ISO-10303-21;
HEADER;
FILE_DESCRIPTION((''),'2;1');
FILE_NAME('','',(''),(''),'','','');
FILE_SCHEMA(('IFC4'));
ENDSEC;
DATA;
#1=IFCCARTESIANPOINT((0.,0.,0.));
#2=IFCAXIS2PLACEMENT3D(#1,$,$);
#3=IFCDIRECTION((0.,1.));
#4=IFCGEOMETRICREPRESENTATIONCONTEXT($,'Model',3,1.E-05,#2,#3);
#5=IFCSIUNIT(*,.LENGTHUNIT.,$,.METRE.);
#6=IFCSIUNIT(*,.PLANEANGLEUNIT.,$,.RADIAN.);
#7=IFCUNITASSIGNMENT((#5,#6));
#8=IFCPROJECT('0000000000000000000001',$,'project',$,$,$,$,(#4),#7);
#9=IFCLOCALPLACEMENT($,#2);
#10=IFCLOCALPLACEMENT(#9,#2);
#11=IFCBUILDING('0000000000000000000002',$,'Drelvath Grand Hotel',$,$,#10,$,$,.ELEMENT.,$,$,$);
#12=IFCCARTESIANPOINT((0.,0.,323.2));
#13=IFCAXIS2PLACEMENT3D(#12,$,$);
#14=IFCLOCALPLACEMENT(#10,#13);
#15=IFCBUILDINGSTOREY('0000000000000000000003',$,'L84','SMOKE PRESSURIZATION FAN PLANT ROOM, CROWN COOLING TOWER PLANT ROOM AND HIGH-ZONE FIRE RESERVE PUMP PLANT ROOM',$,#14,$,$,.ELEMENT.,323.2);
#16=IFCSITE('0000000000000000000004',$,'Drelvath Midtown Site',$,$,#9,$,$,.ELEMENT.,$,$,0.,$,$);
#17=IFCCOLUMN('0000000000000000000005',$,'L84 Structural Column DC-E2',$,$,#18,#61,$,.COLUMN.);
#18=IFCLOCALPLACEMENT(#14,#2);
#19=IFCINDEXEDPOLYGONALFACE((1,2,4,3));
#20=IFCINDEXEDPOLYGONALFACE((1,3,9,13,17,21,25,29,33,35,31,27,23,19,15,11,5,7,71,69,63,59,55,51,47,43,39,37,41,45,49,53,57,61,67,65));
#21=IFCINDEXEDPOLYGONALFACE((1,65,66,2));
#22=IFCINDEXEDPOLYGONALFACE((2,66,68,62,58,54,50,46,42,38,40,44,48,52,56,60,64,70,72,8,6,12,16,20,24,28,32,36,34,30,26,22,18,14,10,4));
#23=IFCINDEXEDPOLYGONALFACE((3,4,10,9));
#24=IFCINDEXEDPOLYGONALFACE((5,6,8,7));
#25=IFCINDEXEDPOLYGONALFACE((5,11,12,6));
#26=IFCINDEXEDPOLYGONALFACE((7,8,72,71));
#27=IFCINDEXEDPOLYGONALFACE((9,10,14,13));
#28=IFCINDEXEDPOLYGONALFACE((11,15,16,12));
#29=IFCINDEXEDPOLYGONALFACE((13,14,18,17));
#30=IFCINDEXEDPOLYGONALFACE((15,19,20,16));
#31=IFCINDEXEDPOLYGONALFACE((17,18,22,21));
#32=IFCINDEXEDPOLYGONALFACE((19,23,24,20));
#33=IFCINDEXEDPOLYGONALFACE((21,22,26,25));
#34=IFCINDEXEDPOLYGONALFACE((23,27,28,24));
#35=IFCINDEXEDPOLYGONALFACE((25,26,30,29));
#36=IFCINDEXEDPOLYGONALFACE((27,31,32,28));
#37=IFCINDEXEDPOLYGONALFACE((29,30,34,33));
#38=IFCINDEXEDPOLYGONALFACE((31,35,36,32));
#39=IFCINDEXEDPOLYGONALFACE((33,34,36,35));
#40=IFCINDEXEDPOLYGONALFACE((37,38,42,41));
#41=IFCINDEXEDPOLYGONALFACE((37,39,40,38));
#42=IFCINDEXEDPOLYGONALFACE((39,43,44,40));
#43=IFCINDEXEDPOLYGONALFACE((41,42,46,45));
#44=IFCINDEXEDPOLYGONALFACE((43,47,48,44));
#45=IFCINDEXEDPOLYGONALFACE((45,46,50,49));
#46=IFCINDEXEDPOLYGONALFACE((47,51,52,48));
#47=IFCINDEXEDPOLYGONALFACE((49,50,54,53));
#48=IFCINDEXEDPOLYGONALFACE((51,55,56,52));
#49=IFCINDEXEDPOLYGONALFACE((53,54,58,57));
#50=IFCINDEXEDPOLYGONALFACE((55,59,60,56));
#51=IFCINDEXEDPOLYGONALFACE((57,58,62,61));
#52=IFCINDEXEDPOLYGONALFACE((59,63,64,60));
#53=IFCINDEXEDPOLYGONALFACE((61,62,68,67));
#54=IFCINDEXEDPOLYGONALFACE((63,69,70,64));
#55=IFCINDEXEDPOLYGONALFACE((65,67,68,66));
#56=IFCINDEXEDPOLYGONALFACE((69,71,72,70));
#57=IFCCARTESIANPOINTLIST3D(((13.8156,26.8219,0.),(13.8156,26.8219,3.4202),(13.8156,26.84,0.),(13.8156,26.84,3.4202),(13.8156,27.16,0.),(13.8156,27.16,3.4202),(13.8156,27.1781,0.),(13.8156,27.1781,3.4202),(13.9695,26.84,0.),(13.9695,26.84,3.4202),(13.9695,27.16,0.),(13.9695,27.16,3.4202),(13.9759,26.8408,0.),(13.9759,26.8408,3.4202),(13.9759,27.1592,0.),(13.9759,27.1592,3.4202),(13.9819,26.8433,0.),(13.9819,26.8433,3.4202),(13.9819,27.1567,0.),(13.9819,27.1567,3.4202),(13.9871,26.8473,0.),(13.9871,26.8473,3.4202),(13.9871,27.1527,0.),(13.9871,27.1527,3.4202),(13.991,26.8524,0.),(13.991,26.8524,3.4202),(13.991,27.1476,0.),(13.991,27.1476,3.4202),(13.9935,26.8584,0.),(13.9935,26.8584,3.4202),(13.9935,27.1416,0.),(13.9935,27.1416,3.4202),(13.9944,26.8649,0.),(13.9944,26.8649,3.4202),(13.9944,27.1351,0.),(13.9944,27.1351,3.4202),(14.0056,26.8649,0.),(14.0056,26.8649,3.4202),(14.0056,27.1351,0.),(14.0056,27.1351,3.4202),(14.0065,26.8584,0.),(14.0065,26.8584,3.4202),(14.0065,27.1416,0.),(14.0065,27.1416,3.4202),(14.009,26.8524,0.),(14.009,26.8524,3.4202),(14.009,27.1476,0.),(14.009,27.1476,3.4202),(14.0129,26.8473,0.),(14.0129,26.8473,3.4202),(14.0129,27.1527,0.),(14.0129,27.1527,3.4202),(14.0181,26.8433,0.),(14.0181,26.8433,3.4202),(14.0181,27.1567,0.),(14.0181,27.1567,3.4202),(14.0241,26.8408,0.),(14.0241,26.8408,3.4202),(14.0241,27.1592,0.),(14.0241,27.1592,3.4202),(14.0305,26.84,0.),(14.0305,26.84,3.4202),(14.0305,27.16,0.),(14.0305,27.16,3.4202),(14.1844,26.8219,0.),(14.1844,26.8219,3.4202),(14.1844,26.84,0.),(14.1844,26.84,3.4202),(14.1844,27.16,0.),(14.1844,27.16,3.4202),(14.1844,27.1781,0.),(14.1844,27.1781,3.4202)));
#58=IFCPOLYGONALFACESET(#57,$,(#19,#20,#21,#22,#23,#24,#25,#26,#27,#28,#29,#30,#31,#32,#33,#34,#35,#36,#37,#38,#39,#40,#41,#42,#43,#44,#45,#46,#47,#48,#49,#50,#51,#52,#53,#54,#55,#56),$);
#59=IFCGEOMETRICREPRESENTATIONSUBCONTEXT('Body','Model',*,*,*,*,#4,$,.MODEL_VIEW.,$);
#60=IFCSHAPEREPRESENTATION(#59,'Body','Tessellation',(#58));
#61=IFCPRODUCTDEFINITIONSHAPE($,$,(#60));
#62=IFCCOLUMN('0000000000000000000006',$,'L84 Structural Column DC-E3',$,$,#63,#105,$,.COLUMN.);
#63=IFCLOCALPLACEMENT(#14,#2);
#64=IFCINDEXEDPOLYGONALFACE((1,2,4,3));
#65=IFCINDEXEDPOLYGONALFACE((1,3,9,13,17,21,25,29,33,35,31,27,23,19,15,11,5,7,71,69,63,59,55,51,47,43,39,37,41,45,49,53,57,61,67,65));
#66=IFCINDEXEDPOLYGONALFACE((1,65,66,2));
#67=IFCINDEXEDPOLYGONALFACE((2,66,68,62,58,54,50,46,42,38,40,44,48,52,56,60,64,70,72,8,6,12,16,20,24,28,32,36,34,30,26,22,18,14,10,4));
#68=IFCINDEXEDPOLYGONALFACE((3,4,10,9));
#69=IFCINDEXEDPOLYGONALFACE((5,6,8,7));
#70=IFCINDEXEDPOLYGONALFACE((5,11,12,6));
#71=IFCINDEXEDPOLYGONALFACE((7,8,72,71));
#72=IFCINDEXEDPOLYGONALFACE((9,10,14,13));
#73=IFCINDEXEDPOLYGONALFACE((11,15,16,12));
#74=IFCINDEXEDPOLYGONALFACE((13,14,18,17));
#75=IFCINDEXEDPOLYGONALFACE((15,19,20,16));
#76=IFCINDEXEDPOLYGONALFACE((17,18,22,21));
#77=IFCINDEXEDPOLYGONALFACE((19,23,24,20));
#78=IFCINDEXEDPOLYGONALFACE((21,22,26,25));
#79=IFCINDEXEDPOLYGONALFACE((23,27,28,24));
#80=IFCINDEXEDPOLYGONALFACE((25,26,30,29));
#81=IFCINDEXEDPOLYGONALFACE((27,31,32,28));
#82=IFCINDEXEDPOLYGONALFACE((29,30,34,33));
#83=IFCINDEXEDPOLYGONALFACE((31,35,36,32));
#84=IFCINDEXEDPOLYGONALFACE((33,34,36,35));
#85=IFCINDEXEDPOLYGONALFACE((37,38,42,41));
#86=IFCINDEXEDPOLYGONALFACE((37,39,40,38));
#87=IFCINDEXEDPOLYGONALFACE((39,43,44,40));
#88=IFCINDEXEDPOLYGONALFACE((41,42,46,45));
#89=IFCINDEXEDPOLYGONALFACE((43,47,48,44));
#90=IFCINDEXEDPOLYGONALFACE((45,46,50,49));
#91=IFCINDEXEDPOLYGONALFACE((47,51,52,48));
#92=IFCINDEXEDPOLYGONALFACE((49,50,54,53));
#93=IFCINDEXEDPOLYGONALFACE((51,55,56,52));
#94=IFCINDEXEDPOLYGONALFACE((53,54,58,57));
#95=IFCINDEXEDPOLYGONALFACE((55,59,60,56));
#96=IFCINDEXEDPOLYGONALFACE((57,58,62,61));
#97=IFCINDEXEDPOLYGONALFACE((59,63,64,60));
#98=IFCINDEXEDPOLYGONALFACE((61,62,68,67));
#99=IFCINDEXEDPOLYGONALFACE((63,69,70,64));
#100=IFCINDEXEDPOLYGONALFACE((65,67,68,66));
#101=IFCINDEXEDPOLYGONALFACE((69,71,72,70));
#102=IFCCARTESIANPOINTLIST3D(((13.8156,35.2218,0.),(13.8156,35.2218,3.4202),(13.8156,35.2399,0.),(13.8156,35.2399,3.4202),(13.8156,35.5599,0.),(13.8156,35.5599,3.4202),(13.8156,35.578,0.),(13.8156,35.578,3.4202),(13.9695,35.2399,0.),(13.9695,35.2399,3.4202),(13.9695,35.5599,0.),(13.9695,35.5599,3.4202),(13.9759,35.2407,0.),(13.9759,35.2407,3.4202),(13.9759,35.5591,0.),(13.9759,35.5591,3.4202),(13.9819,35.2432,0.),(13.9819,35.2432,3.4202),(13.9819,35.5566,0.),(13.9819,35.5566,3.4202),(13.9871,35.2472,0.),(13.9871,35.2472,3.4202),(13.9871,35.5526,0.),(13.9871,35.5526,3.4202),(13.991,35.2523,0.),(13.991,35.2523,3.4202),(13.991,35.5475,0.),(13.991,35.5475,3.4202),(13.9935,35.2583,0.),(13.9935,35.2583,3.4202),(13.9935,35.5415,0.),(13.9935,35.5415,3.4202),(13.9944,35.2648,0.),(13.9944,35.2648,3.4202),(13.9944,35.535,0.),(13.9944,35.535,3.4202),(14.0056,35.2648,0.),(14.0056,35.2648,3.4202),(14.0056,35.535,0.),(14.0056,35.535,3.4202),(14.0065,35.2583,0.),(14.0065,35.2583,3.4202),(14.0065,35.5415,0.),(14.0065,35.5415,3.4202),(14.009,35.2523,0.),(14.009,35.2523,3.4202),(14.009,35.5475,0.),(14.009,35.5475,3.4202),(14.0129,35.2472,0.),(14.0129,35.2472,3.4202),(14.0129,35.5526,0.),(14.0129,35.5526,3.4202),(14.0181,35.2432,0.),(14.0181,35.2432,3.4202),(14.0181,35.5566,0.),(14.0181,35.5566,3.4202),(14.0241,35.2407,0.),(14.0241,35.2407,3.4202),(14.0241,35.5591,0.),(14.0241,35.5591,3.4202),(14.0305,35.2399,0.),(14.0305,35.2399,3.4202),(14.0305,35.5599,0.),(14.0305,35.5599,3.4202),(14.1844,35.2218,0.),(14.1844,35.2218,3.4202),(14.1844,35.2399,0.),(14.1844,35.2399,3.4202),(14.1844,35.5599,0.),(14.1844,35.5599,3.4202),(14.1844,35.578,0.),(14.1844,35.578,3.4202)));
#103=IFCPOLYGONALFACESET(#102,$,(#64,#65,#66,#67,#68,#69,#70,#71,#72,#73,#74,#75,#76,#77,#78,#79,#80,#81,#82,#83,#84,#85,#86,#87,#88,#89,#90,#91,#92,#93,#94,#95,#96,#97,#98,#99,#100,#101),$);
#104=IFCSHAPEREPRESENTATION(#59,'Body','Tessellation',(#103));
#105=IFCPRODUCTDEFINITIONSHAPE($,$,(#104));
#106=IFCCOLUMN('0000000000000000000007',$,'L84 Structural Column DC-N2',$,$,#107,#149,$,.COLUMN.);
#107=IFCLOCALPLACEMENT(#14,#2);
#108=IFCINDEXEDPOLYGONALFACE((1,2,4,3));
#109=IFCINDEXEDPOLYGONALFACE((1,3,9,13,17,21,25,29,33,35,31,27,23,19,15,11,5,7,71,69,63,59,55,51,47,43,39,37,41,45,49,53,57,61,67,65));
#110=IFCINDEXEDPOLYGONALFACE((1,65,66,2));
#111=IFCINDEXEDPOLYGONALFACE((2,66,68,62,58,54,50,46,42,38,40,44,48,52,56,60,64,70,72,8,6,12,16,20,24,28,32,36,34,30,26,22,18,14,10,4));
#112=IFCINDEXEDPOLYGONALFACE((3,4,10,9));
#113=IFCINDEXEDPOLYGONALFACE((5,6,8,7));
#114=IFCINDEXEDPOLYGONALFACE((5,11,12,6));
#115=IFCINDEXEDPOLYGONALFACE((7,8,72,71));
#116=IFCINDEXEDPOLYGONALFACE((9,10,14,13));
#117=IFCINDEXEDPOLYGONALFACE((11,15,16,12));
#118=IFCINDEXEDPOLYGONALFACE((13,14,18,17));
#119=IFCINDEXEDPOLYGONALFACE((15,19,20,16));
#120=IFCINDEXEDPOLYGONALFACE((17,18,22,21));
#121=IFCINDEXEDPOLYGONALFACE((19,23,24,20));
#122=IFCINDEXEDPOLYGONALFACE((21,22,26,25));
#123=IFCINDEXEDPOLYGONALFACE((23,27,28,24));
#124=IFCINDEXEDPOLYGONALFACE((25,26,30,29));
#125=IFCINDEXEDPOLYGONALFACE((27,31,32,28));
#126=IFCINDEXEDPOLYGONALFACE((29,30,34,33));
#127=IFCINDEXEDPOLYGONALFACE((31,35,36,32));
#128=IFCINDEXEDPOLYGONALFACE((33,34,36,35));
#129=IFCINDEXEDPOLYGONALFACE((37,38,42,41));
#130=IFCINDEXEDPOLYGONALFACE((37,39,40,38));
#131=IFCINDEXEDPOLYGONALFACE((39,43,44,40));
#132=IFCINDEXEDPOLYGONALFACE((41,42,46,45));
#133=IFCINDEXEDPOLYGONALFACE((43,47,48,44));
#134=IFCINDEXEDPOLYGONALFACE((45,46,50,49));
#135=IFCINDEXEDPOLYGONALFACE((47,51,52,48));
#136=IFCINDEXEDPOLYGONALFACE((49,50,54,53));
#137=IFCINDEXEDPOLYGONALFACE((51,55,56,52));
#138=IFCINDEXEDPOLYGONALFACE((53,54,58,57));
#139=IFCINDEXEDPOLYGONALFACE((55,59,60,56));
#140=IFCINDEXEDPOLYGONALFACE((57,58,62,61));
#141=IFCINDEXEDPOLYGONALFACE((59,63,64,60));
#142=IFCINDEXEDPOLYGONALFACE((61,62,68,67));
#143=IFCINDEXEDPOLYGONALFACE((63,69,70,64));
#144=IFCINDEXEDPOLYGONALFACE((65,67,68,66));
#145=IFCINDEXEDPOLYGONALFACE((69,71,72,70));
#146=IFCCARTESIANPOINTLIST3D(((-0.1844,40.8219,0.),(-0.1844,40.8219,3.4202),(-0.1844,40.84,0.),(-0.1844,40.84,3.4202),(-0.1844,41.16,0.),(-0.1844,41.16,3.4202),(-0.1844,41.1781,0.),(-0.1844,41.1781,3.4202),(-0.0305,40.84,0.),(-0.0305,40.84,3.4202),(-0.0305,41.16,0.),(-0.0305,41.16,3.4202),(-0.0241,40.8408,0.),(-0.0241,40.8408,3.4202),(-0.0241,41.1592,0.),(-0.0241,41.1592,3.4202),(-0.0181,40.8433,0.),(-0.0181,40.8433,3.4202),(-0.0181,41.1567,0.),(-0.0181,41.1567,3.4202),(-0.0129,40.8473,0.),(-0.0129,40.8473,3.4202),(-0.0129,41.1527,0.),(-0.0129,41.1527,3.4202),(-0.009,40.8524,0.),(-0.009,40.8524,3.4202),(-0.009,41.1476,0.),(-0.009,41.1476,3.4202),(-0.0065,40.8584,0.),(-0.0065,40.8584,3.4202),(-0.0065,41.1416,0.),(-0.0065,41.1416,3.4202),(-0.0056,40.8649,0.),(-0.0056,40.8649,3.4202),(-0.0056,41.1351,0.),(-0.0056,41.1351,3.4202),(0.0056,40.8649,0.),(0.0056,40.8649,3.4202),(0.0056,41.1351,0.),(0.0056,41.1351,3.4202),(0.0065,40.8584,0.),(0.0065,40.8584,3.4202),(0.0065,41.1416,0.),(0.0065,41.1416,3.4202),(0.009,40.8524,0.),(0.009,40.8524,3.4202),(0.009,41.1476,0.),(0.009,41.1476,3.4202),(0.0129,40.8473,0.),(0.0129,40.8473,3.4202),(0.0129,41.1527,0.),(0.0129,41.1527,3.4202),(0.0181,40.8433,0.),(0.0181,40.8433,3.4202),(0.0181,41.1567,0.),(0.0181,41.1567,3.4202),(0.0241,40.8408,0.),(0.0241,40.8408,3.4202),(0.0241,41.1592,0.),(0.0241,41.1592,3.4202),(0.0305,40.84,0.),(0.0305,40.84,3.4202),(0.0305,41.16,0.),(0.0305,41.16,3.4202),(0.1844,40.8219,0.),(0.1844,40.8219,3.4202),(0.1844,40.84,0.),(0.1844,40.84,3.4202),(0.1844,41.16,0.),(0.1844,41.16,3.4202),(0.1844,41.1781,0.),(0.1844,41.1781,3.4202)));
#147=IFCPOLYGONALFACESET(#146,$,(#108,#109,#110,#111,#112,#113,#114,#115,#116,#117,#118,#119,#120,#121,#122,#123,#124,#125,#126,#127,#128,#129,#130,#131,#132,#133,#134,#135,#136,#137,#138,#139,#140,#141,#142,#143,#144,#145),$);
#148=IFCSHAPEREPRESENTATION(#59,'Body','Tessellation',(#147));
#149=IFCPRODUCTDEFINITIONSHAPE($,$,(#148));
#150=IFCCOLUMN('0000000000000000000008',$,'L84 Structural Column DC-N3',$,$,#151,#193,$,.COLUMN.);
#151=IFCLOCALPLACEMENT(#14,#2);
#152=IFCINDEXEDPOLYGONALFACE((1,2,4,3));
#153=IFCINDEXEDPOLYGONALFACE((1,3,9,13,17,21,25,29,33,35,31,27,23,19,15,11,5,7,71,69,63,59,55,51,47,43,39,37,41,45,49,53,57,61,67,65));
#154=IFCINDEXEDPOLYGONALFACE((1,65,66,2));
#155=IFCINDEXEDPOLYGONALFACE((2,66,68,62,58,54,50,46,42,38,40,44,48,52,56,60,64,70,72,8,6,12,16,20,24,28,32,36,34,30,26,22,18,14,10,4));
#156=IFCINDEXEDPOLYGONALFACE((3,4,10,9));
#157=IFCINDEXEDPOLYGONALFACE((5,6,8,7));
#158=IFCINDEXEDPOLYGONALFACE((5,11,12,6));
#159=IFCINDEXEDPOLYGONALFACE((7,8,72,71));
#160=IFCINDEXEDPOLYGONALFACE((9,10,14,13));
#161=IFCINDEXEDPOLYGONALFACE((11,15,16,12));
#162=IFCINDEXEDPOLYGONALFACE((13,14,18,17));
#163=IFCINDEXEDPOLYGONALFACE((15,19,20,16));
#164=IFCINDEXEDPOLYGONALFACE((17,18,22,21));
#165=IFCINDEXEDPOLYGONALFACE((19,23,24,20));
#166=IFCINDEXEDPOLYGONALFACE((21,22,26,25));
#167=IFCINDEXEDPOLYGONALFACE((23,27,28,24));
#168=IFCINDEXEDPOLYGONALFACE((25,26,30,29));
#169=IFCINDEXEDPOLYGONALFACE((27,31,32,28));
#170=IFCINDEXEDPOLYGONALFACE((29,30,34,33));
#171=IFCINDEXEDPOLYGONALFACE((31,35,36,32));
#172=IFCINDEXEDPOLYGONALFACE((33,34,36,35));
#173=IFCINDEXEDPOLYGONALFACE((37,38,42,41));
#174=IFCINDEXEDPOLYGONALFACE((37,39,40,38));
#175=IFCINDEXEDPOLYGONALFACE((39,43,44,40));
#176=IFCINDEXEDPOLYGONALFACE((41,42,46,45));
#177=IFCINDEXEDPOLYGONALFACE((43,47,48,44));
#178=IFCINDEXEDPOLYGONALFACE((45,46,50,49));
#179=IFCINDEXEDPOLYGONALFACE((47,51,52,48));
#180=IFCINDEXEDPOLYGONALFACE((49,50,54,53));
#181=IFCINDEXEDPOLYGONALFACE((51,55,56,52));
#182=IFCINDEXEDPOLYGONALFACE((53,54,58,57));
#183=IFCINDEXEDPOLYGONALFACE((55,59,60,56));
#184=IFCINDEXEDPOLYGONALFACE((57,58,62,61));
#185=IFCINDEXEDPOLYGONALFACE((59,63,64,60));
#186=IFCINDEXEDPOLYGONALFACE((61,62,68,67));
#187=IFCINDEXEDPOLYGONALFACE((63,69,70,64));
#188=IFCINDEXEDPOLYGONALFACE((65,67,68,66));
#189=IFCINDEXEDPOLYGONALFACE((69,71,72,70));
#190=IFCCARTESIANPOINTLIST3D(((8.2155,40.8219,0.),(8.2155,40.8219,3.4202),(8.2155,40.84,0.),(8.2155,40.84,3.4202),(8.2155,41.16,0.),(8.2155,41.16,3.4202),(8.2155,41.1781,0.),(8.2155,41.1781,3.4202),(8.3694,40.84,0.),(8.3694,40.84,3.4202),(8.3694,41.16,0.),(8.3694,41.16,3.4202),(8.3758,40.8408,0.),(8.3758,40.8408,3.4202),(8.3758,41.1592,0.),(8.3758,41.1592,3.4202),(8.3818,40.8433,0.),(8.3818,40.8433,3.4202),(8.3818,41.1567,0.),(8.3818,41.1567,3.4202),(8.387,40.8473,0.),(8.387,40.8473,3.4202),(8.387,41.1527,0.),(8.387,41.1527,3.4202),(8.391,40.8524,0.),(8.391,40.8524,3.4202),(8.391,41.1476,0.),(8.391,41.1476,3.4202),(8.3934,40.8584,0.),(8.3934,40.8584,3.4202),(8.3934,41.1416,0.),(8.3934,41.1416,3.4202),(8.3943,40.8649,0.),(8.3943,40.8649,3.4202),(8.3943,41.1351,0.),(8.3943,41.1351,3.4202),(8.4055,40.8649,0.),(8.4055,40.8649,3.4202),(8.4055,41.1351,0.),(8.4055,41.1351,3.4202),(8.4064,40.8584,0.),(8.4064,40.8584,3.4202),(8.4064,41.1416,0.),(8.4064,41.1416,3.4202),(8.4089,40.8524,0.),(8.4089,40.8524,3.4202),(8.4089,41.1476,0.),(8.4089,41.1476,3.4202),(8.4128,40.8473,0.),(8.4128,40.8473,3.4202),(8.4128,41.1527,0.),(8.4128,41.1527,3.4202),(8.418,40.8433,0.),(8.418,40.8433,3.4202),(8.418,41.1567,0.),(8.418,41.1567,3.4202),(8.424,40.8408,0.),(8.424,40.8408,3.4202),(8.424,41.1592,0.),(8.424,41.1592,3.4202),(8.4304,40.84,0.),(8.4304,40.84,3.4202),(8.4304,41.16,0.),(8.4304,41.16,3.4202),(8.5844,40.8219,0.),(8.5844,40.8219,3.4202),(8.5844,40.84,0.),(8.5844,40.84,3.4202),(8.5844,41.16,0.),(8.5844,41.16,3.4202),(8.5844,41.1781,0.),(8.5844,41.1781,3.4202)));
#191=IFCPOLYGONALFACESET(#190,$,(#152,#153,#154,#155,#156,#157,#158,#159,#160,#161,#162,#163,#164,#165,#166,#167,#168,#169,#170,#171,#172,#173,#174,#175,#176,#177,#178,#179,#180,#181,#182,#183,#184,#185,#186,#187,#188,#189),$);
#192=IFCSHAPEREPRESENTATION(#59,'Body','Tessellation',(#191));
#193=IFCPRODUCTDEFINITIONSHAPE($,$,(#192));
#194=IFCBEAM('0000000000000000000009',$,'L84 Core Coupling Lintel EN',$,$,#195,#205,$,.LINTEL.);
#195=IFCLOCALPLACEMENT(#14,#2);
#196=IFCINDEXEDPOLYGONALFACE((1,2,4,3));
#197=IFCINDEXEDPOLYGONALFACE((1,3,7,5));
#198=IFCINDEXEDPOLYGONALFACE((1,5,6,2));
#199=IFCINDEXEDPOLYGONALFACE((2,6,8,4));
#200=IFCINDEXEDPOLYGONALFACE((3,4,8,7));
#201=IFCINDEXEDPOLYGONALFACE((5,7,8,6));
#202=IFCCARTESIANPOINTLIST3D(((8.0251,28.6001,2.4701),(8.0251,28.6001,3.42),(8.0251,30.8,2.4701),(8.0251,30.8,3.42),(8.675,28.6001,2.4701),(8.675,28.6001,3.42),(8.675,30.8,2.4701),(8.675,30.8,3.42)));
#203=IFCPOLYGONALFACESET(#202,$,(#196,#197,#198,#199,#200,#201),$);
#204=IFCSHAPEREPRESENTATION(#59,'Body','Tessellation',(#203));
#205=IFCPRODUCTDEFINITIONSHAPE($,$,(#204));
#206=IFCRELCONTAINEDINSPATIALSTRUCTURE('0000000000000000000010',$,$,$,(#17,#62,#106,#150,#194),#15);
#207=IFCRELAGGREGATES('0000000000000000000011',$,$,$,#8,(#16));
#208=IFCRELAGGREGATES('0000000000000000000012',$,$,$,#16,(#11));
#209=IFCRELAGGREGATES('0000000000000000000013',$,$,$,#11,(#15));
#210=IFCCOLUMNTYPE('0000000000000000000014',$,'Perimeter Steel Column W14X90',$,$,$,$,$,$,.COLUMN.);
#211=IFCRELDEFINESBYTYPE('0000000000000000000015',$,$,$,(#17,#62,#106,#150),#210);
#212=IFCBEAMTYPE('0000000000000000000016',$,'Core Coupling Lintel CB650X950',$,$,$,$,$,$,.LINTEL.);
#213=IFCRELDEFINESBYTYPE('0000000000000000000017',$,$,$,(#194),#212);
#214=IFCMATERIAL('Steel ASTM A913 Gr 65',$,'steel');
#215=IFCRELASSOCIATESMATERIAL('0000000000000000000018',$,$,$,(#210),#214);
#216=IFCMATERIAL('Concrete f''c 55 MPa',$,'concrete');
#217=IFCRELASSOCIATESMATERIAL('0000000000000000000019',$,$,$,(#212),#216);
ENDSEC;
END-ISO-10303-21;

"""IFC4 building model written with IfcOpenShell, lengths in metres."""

from ifc_helpers import new_model, si_unit, direction, frame, origin, origin_2d, place, context, subcontext, project, spatial, rectangle, i_section, extrude, material, material_profile, profile_set, type_object, element, save


model = new_model("IFC4")

# Units and contexts
model_context = context("Model", 3, precision=1e-05, world=origin(), true_north=direction((0.0, 1.0)))
body_context = subcontext(model_context, "Body", "Model", "MODEL_VIEW")
ifc_project = project(units=[si_unit("LENGTHUNIT", "METRE"), si_unit("PLANEANGLEUNIT", "RADIAN")], contexts=[model_context])

# Site, building, storey
site_placement = place(None, origin())
site = spatial("IfcSite", under=ifc_project, at=site_placement, Name="Drelvath Midtown Site", CompositionType="ELEMENT", RefElevation=0.0)
building_placement = place(site_placement, origin())
building = spatial("IfcBuilding", under=site, at=building_placement, Name="Drelvath Grand Hotel", CompositionType="ELEMENT")
storey_placement = place(building_placement, frame((0.0, 0.0, 323.2)))
storey = spatial("IfcBuildingStorey", under=building, at=storey_placement, Name="L84", Description="SMOKE PRESSURIZATION FAN PLANT ROOM, CROWN COOLING TOWER PLANT ROOM AND HIGH-ZONE FIRE RESERVE PUMP PLANT ROOM", CompositionType="ELEMENT", Elevation=323.2)

# Columns
ifc_material_1 = material(Name="Steel ASTM A913 Gr 65", Category="steel")
ifc_material_profile_1 = material_profile(ifc_material_1, i_section(OverallWidth=0.3689, OverallDepth=0.3562, WebThickness=0.0112, FlangeThickness=0.0181, FilletRadius=0.0249, at=origin_2d()), Name="W14X90")
ifc_profile_set_1 = profile_set([ifc_material_profile_1], Name="Steel ASTM A913 Gr 65")
column_type = type_object("IfcColumnType", Name="Perimeter Steel Column W14X90", PredefinedType="COLUMN", material=ifc_profile_set_1)
for number, where, z_axis, x_axis, name in (
    (1, (14.0, 27.0, 0.0), (0.0, 0.0, 1.0), (1.0, 0.0, 0.0), "L84 Structural Column DC-E2"),
    (2, (14.0, 35.3999, 0.0), (0.0, 0.0, 1.0), (1.0, 0.0, 0.0), "L84 Structural Column DC-E3"),
    (3, (0.0, 41.0, 0.0), (0.0, 0.0, 1.0), (1.0, 0.0, 0.0), "L84 Structural Column DC-N2"),
    (4, (8.3999, 41.0, 0.0), (0.0, 0.0, 1.0), (1.0, 0.0, 0.0), "L84 Structural Column DC-N3"),
):
    element("IfcColumn", number, at=place(storey_placement, frame(where, z_axis=z_axis, x_axis=x_axis)), inside=storey, type_object=column_type, Name=name, PredefinedType="COLUMN", context=body_context, shape_type="SweptSolid", body=[
        extrude(i_section(OverallWidth=0.3689, OverallDepth=0.3562, WebThickness=0.0112, FlangeThickness=0.0181, FilletRadius=0.0249, at=origin_2d()), origin(), (0.0, 0.0, 1.0), 3.4202),
    ])

# Beam
ifc_material_2 = material(Name="Concrete f'c 55 MPa", Category="concrete")
ifc_material_profile_2 = material_profile(ifc_material_2, rectangle(XDim=0.6499, YDim=0.95, at=origin_2d()), Name="CB650X950")
ifc_profile_set_2 = profile_set([ifc_material_profile_2], Name="Concrete f'c 55 MPa")
beam_type_1 = type_object("IfcBeamType", Name="Core Coupling Lintel CB650X950", PredefinedType="LINTEL", material=ifc_profile_set_2)
beam_placement = place(storey_placement, frame((8.3501, 28.6001, 2.9451), z_axis=(0.0, 1.0, 0.0), x_axis=(-1.0, 0.0, 0.0)))
element("IfcBeam", 5, at=beam_placement, inside=storey, type_object=beam_type_1, Name="L84 Core Coupling Lintel EN", PredefinedType="LINTEL", context=body_context, shape_type="SweptSolid", body=[
    extrude(rectangle(XDim=0.6499, YDim=0.95, at=origin_2d()), origin(), (0.0, 0.0, 1.0), 2.2),
])

save(model, "model.ifc")
